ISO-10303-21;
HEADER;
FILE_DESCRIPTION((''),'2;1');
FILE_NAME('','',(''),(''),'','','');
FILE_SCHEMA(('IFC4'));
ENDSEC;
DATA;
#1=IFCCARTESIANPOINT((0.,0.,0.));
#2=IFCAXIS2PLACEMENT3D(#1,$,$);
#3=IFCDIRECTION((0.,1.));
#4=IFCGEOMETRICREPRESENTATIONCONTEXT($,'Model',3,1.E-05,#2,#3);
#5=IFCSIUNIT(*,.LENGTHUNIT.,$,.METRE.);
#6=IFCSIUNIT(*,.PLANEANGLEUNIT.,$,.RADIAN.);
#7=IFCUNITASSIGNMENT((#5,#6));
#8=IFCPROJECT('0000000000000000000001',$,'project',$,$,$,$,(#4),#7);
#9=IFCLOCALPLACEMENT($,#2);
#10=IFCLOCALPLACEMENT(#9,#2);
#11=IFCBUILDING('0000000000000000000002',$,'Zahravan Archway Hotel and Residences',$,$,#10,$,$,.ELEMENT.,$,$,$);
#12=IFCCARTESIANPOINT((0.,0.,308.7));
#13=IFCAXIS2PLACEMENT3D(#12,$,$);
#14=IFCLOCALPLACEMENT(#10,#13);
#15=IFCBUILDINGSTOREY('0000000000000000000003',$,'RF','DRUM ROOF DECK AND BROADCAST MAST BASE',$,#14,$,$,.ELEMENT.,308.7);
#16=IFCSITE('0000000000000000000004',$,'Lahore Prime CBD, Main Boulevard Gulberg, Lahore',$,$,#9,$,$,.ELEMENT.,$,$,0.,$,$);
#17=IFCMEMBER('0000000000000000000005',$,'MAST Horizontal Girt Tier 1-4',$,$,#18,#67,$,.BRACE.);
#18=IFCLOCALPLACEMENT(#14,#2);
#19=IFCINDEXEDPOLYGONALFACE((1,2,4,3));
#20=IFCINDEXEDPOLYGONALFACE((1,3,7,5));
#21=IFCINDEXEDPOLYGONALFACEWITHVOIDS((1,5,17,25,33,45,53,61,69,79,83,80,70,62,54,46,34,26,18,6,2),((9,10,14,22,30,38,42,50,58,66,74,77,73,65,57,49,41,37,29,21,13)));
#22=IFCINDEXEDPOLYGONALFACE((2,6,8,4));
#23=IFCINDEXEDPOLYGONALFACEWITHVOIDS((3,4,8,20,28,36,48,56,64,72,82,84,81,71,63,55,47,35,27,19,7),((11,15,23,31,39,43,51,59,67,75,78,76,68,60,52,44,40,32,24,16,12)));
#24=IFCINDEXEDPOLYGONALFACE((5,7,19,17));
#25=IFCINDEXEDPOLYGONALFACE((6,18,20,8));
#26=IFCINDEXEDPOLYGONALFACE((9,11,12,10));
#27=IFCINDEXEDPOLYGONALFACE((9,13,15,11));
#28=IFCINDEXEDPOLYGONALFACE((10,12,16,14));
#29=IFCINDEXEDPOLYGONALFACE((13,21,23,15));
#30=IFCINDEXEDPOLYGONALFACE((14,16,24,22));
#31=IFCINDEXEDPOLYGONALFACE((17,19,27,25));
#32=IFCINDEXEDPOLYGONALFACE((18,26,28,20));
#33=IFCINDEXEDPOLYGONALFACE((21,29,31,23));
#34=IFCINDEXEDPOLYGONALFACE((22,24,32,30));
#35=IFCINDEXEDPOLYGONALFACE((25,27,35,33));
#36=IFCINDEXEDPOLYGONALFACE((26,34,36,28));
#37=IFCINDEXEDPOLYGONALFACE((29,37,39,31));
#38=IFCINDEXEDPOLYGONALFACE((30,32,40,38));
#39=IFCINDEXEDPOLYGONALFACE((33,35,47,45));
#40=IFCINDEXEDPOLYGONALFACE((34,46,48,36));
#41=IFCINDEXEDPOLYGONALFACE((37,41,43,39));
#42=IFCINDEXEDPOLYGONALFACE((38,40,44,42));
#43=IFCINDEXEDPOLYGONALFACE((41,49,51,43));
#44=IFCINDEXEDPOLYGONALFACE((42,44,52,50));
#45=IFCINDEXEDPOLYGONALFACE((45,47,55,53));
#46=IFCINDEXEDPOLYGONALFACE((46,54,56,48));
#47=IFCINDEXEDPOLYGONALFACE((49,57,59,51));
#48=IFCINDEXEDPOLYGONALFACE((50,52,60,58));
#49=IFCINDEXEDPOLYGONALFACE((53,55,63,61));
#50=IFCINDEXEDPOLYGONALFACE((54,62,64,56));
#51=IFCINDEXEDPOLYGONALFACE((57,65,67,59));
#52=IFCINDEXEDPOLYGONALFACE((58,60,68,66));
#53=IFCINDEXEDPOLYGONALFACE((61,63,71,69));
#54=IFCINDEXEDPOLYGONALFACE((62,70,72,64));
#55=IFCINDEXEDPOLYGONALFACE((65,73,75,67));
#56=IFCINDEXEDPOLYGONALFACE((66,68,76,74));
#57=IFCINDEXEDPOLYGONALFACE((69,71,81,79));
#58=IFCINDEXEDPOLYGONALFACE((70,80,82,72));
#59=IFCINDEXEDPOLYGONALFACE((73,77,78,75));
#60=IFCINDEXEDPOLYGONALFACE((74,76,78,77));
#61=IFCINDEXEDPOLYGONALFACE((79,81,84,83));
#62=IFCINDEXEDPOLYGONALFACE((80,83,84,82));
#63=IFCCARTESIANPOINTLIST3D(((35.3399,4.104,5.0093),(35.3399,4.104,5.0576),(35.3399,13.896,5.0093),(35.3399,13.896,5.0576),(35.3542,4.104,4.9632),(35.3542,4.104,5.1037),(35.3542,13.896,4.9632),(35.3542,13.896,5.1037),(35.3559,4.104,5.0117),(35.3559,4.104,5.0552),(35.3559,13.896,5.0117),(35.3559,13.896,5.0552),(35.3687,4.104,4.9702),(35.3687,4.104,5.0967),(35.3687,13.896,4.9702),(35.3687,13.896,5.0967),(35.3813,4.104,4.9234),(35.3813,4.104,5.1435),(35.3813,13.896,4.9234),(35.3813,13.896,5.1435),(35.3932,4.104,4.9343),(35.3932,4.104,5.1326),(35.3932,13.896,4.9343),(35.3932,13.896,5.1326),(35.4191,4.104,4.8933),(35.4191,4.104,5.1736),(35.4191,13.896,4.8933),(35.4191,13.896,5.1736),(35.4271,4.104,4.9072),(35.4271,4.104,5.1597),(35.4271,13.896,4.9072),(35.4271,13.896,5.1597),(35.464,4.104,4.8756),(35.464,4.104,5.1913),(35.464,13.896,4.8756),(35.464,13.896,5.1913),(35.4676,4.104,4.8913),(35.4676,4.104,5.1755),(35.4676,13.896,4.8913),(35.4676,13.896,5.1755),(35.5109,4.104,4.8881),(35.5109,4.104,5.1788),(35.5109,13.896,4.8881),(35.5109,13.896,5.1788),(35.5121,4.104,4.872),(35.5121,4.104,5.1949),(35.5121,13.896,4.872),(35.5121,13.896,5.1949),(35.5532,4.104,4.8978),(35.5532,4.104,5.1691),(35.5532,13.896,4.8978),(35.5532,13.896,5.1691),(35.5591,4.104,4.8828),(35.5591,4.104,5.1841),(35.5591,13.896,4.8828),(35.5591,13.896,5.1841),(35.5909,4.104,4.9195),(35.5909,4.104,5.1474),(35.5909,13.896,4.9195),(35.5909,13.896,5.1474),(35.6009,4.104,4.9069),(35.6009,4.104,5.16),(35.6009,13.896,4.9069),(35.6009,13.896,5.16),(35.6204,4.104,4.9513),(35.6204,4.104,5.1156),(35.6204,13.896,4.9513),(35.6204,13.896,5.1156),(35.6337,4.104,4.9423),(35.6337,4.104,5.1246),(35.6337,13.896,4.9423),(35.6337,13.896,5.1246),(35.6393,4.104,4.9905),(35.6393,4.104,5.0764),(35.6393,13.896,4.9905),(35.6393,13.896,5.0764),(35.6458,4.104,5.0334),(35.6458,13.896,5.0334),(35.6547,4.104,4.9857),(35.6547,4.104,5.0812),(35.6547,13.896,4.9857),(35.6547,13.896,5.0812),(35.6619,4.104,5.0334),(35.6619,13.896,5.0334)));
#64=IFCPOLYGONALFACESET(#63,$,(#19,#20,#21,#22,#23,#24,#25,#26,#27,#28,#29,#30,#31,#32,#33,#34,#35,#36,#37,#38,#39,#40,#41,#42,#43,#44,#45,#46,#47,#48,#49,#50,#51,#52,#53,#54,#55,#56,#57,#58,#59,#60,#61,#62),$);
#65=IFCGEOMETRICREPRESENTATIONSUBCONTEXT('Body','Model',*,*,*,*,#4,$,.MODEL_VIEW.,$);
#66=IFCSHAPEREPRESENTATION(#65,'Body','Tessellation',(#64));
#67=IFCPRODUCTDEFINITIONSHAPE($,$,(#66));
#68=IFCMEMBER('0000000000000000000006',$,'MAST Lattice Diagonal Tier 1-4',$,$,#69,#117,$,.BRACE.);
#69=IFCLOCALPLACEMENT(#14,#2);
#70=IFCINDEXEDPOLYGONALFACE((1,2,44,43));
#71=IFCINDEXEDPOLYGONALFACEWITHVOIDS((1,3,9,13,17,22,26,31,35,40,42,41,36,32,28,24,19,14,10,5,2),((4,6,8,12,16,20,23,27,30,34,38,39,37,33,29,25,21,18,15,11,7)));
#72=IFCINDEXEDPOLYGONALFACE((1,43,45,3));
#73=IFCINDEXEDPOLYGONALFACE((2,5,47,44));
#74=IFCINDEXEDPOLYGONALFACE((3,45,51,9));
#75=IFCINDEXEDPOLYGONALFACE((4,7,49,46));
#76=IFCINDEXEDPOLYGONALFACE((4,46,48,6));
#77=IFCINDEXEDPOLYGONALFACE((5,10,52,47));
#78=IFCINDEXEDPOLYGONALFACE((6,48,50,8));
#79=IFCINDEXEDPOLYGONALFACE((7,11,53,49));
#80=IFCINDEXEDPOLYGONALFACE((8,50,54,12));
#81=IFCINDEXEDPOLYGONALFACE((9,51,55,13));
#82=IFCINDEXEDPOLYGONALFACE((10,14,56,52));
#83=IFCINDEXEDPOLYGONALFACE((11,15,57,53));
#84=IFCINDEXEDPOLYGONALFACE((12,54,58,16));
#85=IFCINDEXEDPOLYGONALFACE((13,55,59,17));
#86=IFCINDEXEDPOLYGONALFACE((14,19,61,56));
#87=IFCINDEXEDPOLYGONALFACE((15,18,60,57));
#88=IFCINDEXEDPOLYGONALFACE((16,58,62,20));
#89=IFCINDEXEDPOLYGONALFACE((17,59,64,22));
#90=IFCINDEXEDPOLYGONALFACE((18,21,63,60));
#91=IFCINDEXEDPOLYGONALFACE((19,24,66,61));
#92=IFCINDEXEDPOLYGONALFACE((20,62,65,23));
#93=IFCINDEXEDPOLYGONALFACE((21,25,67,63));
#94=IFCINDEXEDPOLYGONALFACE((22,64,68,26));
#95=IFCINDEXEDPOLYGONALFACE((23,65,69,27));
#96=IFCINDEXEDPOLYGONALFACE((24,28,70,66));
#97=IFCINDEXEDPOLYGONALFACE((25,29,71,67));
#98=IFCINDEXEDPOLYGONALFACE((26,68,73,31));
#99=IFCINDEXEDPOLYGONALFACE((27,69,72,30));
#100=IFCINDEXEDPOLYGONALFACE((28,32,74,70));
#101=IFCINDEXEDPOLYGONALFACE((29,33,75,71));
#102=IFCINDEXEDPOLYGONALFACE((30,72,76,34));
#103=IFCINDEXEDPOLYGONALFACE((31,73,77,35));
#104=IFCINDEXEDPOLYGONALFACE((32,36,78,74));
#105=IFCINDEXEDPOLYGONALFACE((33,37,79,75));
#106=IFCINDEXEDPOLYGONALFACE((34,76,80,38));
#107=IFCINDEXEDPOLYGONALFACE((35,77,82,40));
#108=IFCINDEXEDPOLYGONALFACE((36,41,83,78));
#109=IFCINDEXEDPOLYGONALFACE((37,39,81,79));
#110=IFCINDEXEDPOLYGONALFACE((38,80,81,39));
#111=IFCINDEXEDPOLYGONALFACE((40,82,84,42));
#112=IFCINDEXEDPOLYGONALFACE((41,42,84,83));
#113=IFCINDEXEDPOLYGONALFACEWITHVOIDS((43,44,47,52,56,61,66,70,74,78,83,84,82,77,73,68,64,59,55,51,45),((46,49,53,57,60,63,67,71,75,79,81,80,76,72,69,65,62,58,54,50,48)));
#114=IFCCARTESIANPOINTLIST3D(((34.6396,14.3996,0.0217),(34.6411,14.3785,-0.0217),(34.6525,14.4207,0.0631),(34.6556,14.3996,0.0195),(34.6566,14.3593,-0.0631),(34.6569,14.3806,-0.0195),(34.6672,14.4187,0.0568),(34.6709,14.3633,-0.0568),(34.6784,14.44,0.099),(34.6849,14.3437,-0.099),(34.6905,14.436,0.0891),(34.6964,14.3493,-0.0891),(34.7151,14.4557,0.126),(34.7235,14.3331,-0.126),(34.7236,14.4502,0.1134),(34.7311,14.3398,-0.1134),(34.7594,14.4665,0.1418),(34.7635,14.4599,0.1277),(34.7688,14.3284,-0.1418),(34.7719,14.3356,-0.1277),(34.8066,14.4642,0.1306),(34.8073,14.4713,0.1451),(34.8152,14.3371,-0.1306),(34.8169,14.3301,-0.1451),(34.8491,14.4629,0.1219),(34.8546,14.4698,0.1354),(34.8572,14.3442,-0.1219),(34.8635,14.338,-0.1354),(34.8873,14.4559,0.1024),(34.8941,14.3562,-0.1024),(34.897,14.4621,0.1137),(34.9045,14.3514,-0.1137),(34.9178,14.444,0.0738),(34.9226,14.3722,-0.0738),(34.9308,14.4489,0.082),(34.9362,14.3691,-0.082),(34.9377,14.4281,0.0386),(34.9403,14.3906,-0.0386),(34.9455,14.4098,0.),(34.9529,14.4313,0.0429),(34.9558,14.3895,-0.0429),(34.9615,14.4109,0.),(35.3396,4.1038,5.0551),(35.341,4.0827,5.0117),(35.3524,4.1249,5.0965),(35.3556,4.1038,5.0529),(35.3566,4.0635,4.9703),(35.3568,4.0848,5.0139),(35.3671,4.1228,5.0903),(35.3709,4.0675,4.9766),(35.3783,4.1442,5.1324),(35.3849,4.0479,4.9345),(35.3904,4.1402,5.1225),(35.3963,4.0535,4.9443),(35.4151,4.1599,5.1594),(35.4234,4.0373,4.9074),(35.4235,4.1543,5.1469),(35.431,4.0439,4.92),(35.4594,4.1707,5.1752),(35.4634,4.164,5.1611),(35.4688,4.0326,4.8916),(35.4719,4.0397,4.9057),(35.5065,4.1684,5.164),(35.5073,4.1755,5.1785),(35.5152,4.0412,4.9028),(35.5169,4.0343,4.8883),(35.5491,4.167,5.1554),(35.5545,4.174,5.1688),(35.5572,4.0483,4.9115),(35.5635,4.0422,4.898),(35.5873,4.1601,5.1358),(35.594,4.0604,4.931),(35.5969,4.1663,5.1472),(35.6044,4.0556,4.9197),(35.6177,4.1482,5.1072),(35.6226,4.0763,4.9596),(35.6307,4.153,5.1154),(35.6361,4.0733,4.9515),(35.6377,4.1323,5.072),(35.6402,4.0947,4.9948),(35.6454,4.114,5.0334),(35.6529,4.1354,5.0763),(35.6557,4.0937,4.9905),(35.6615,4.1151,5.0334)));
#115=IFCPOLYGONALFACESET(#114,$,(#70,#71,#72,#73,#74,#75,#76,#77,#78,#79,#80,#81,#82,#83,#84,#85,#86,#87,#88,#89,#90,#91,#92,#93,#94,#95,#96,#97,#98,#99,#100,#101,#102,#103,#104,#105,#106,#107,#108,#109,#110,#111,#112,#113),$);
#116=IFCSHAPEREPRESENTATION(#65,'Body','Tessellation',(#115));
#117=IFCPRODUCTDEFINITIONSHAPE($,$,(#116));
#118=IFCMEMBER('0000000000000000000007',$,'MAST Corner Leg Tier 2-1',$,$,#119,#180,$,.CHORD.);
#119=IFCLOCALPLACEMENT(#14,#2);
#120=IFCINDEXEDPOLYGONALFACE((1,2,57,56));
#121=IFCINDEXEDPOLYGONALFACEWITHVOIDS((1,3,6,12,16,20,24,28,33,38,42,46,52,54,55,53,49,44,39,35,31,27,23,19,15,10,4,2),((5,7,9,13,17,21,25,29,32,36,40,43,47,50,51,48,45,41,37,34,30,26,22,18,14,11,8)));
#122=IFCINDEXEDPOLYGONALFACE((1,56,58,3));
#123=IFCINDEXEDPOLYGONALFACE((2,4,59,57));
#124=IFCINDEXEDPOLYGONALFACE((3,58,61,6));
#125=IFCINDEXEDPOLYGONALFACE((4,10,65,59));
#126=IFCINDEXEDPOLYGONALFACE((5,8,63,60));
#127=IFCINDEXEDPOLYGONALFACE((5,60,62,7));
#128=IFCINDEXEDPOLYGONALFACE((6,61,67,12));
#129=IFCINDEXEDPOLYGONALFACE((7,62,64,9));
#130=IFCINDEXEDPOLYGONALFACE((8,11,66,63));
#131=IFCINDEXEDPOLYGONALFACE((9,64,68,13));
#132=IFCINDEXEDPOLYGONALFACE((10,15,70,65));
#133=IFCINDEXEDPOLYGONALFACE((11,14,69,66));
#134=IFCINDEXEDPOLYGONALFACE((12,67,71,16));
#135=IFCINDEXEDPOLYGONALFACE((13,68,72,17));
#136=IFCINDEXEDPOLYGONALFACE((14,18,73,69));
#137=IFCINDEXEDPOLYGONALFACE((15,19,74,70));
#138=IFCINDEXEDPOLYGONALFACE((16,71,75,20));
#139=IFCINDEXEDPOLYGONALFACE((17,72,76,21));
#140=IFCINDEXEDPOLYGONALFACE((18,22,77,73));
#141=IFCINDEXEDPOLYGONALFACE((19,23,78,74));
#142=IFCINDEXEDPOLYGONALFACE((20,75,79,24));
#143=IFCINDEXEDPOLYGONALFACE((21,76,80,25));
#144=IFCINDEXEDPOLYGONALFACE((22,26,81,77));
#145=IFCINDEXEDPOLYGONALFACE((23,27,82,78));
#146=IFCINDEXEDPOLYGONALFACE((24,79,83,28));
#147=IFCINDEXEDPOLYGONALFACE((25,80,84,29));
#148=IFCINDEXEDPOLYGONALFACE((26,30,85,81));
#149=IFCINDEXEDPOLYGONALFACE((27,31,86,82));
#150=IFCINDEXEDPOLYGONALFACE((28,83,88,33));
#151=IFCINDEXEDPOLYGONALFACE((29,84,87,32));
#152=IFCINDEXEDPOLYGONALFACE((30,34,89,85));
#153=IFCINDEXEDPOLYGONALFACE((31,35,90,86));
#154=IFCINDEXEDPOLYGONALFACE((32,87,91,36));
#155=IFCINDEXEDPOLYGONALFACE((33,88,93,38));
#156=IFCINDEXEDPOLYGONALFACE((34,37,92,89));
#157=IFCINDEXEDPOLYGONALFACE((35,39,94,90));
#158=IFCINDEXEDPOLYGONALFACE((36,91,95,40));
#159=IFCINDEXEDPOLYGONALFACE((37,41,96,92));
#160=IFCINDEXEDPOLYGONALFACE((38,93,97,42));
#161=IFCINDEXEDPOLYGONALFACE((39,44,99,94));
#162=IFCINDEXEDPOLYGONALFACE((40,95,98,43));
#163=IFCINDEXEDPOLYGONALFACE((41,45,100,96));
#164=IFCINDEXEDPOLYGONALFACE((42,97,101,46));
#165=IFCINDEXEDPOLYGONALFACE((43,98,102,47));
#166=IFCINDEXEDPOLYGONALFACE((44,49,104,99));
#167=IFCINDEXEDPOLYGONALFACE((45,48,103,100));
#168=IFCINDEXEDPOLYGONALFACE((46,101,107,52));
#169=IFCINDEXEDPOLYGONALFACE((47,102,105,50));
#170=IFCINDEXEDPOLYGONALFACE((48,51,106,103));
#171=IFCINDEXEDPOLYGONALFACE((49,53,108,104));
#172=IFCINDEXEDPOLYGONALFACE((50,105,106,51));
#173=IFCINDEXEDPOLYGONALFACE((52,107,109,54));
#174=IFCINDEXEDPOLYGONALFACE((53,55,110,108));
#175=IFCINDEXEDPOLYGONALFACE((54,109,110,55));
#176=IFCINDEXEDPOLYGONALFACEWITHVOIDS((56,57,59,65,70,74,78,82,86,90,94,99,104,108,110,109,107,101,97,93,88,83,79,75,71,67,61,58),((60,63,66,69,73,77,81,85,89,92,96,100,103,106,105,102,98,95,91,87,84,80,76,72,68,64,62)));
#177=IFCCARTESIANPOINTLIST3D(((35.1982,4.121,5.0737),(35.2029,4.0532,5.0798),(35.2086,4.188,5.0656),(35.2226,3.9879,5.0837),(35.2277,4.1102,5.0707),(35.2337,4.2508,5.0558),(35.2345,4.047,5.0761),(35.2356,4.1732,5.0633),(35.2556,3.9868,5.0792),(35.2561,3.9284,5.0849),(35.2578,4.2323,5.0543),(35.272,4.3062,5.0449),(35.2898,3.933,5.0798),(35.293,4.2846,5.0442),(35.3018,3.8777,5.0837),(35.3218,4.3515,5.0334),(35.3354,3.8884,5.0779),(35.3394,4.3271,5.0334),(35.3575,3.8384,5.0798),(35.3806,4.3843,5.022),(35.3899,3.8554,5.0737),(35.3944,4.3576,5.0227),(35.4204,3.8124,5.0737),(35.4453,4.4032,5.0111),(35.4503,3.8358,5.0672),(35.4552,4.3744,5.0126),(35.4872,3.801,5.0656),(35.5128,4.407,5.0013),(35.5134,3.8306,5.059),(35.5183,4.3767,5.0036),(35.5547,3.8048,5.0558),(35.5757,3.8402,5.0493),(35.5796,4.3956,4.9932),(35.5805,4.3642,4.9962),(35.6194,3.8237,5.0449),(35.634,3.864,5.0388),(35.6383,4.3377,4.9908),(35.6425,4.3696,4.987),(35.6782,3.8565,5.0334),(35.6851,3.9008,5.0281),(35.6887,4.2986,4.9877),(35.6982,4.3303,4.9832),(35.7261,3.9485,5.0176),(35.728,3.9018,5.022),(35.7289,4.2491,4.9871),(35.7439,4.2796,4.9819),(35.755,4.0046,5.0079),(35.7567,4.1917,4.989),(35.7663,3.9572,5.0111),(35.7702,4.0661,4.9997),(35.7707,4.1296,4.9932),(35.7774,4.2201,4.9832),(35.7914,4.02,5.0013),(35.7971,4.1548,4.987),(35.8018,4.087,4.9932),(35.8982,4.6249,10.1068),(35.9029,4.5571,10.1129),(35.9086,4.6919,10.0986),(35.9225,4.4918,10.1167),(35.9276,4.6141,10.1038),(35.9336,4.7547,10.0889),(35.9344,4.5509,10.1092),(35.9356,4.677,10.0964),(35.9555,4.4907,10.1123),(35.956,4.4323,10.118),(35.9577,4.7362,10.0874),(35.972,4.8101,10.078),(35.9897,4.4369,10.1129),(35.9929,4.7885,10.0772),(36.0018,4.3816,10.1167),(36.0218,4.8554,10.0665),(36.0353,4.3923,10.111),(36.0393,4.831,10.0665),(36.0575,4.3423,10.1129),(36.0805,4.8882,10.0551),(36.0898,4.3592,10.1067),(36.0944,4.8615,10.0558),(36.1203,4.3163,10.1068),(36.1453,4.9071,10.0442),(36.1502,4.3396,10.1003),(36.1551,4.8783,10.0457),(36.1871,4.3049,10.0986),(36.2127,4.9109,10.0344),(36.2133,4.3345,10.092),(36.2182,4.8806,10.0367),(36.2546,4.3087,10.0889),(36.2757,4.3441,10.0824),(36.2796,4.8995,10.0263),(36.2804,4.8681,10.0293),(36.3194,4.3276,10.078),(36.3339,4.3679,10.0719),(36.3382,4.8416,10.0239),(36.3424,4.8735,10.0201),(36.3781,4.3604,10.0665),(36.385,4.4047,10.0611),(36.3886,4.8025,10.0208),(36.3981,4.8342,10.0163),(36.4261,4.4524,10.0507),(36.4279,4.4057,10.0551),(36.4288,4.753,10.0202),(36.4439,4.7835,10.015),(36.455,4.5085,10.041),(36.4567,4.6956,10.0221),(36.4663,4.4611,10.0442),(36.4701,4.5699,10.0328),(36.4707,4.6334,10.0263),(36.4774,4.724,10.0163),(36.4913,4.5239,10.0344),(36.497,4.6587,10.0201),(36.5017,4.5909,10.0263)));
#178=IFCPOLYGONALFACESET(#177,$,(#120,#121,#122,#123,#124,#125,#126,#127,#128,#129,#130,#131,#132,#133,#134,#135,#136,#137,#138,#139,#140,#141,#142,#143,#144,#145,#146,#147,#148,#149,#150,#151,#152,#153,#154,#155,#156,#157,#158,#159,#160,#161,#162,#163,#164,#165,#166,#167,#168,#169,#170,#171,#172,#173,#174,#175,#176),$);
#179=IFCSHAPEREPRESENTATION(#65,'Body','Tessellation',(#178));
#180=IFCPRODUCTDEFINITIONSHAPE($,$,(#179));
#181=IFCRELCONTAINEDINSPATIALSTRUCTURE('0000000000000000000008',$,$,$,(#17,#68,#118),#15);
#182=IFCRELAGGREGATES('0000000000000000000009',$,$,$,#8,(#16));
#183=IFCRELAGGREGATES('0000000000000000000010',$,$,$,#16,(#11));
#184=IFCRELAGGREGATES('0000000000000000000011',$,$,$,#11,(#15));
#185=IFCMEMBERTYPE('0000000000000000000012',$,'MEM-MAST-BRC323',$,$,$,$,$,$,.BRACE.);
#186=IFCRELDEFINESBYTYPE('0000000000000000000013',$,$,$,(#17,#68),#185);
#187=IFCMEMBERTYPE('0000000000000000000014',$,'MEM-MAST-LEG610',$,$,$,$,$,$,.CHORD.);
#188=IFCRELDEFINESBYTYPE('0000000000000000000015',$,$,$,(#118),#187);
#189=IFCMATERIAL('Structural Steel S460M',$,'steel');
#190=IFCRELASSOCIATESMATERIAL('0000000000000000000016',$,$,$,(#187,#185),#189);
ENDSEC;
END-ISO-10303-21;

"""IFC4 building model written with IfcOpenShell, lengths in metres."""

from ifc_helpers import new_model, si_unit, direction, frame, origin, origin_2d, place, context, subcontext, project, spatial, hollow_circle, extrude, source, transform, mapped, material, material_profile, profile_set, type_object, element, save


model = new_model("IFC4")

# Units and contexts
model_context = context("Model", 3, precision=1e-05, world=origin(), true_north=direction((0.0, 1.0)))
body_context = subcontext(model_context, "Body", "Model", "MODEL_VIEW")
ifc_project = project(units=[si_unit("LENGTHUNIT", "METRE"), si_unit("PLANEANGLEUNIT", "RADIAN")], contexts=[model_context])

# Site, building, storey
site_placement = place(None, origin())
site = spatial("IfcSite", under=ifc_project, at=site_placement, Name="Lahore Prime CBD, Main Boulevard Gulberg, Lahore", CompositionType="ELEMENT", RefElevation=0.0)
building_placement = place(site_placement, origin())
building = spatial("IfcBuilding", under=site, at=building_placement, Name="Zahravan Archway Hotel and Residences", CompositionType="ELEMENT")
storey_placement = place(building_placement, frame((0.0, 0.0, 308.7)))
storey = spatial("IfcBuildingStorey", under=building, at=storey_placement, Name="RF", Description="DRUM ROOF DECK AND BROADCAST MAST BASE", CompositionType="ELEMENT", Elevation=308.7)

# Members
ifc_material_1 = material(Name="Structural Steel S460M", Category="steel")
ifc_material_profile_1 = material_profile(ifc_material_1, hollow_circle(Radius=0.3049, WallThickness=0.03, at=origin_2d()), Name="CHS 610x30", Category="steel")
ifc_profile_set_1 = profile_set([ifc_material_profile_1], Name="Structural Steel S460M")
member_type_1 = type_object("IfcMemberType", Name="MEM-MAST-LEG610", PredefinedType="CHORD", material=ifc_profile_set_1)
ifc_material_profile_2 = material_profile(ifc_material_1, hollow_circle(Radius=0.1619, WallThickness=0.0161, at=origin_2d()), Name="CHS 323.9x16", Category="steel")
ifc_profile_set_2 = profile_set([ifc_material_profile_2], Name="Structural Steel S460M")
member_type_2 = type_object("IfcMemberType", Name="MEM-MAST-BRC323", PredefinedType="BRACE", material=ifc_profile_set_2)
shared_shape_1 = source(origin(), body_context, "Body", "SweptSolid", [
    extrude(hollow_circle(Radius=0.1619, WallThickness=0.0161, at=origin_2d()), origin(), (0.0, 0.0, 1.0), 9.792),
])
member_1_placement = place(storey_placement, frame((35.5, 13.896, 5.0334), z_axis=(0.0, -1.0, 0.0), x_axis=(1.0, 0.0, 0.0)))
element("IfcMember", 1, at=member_1_placement, inside=storey, type_object=member_type_2, Name="MAST Horizontal Girt Tier 1-4", PredefinedType="BRACE", context=body_context, shape_type="MappedRepresentation", body=[
    mapped(shared_shape_1, transform((0.0, 0.0, 0.0), scale=1.0)),
])
shared_shape_2 = source(origin(), body_context, "Body", "SweptSolid", [
    extrude(hollow_circle(Radius=0.1619, WallThickness=0.0161, at=origin_2d()), origin(), (0.0, 0.0, 1.0), 11.4817),
])
member_2_placement = place(storey_placement, frame((34.8, 14.3999, 0.0), z_axis=(0.060962, -0.896717, 0.438386), x_axis=(0.997697, 0.067827, 0.0)))
element("IfcMember", 2, at=member_2_placement, inside=storey, type_object=member_type_2, Name="MAST Lattice Diagonal Tier 1-4", PredefinedType="BRACE", context=body_context, shape_type="MappedRepresentation", body=[
    mapped(shared_shape_2, transform((0.0, 0.0, 0.0), scale=1.0)),
])
shared_shape_3 = source(origin(), body_context, "Body", "SweptSolid", [
    extrude(hollow_circle(Radius=0.3049, WallThickness=0.03, at=origin_2d()), origin(), (0.0, 0.0, 1.0), 5.1064),
])
for number, where, z_axis, x_axis, name in (
    (3, (35.5, 4.104, 5.0334), (0.137069, 0.098678, 0.985634), (-0.58426, 0.811567, 0.0), "MAST Corner Leg Tier 2-1"),
):
    element("IfcMember", number, at=place(storey_placement, frame(where, z_axis=z_axis, x_axis=x_axis)), inside=storey, type_object=member_type_1, Name=name, PredefinedType="CHORD", context=body_context, shape_type="MappedRepresentation", body=[
        mapped(shared_shape_3, transform((0.0, 0.0, 0.0), scale=1.0)),
    ])

save(model, "model.ifc")
